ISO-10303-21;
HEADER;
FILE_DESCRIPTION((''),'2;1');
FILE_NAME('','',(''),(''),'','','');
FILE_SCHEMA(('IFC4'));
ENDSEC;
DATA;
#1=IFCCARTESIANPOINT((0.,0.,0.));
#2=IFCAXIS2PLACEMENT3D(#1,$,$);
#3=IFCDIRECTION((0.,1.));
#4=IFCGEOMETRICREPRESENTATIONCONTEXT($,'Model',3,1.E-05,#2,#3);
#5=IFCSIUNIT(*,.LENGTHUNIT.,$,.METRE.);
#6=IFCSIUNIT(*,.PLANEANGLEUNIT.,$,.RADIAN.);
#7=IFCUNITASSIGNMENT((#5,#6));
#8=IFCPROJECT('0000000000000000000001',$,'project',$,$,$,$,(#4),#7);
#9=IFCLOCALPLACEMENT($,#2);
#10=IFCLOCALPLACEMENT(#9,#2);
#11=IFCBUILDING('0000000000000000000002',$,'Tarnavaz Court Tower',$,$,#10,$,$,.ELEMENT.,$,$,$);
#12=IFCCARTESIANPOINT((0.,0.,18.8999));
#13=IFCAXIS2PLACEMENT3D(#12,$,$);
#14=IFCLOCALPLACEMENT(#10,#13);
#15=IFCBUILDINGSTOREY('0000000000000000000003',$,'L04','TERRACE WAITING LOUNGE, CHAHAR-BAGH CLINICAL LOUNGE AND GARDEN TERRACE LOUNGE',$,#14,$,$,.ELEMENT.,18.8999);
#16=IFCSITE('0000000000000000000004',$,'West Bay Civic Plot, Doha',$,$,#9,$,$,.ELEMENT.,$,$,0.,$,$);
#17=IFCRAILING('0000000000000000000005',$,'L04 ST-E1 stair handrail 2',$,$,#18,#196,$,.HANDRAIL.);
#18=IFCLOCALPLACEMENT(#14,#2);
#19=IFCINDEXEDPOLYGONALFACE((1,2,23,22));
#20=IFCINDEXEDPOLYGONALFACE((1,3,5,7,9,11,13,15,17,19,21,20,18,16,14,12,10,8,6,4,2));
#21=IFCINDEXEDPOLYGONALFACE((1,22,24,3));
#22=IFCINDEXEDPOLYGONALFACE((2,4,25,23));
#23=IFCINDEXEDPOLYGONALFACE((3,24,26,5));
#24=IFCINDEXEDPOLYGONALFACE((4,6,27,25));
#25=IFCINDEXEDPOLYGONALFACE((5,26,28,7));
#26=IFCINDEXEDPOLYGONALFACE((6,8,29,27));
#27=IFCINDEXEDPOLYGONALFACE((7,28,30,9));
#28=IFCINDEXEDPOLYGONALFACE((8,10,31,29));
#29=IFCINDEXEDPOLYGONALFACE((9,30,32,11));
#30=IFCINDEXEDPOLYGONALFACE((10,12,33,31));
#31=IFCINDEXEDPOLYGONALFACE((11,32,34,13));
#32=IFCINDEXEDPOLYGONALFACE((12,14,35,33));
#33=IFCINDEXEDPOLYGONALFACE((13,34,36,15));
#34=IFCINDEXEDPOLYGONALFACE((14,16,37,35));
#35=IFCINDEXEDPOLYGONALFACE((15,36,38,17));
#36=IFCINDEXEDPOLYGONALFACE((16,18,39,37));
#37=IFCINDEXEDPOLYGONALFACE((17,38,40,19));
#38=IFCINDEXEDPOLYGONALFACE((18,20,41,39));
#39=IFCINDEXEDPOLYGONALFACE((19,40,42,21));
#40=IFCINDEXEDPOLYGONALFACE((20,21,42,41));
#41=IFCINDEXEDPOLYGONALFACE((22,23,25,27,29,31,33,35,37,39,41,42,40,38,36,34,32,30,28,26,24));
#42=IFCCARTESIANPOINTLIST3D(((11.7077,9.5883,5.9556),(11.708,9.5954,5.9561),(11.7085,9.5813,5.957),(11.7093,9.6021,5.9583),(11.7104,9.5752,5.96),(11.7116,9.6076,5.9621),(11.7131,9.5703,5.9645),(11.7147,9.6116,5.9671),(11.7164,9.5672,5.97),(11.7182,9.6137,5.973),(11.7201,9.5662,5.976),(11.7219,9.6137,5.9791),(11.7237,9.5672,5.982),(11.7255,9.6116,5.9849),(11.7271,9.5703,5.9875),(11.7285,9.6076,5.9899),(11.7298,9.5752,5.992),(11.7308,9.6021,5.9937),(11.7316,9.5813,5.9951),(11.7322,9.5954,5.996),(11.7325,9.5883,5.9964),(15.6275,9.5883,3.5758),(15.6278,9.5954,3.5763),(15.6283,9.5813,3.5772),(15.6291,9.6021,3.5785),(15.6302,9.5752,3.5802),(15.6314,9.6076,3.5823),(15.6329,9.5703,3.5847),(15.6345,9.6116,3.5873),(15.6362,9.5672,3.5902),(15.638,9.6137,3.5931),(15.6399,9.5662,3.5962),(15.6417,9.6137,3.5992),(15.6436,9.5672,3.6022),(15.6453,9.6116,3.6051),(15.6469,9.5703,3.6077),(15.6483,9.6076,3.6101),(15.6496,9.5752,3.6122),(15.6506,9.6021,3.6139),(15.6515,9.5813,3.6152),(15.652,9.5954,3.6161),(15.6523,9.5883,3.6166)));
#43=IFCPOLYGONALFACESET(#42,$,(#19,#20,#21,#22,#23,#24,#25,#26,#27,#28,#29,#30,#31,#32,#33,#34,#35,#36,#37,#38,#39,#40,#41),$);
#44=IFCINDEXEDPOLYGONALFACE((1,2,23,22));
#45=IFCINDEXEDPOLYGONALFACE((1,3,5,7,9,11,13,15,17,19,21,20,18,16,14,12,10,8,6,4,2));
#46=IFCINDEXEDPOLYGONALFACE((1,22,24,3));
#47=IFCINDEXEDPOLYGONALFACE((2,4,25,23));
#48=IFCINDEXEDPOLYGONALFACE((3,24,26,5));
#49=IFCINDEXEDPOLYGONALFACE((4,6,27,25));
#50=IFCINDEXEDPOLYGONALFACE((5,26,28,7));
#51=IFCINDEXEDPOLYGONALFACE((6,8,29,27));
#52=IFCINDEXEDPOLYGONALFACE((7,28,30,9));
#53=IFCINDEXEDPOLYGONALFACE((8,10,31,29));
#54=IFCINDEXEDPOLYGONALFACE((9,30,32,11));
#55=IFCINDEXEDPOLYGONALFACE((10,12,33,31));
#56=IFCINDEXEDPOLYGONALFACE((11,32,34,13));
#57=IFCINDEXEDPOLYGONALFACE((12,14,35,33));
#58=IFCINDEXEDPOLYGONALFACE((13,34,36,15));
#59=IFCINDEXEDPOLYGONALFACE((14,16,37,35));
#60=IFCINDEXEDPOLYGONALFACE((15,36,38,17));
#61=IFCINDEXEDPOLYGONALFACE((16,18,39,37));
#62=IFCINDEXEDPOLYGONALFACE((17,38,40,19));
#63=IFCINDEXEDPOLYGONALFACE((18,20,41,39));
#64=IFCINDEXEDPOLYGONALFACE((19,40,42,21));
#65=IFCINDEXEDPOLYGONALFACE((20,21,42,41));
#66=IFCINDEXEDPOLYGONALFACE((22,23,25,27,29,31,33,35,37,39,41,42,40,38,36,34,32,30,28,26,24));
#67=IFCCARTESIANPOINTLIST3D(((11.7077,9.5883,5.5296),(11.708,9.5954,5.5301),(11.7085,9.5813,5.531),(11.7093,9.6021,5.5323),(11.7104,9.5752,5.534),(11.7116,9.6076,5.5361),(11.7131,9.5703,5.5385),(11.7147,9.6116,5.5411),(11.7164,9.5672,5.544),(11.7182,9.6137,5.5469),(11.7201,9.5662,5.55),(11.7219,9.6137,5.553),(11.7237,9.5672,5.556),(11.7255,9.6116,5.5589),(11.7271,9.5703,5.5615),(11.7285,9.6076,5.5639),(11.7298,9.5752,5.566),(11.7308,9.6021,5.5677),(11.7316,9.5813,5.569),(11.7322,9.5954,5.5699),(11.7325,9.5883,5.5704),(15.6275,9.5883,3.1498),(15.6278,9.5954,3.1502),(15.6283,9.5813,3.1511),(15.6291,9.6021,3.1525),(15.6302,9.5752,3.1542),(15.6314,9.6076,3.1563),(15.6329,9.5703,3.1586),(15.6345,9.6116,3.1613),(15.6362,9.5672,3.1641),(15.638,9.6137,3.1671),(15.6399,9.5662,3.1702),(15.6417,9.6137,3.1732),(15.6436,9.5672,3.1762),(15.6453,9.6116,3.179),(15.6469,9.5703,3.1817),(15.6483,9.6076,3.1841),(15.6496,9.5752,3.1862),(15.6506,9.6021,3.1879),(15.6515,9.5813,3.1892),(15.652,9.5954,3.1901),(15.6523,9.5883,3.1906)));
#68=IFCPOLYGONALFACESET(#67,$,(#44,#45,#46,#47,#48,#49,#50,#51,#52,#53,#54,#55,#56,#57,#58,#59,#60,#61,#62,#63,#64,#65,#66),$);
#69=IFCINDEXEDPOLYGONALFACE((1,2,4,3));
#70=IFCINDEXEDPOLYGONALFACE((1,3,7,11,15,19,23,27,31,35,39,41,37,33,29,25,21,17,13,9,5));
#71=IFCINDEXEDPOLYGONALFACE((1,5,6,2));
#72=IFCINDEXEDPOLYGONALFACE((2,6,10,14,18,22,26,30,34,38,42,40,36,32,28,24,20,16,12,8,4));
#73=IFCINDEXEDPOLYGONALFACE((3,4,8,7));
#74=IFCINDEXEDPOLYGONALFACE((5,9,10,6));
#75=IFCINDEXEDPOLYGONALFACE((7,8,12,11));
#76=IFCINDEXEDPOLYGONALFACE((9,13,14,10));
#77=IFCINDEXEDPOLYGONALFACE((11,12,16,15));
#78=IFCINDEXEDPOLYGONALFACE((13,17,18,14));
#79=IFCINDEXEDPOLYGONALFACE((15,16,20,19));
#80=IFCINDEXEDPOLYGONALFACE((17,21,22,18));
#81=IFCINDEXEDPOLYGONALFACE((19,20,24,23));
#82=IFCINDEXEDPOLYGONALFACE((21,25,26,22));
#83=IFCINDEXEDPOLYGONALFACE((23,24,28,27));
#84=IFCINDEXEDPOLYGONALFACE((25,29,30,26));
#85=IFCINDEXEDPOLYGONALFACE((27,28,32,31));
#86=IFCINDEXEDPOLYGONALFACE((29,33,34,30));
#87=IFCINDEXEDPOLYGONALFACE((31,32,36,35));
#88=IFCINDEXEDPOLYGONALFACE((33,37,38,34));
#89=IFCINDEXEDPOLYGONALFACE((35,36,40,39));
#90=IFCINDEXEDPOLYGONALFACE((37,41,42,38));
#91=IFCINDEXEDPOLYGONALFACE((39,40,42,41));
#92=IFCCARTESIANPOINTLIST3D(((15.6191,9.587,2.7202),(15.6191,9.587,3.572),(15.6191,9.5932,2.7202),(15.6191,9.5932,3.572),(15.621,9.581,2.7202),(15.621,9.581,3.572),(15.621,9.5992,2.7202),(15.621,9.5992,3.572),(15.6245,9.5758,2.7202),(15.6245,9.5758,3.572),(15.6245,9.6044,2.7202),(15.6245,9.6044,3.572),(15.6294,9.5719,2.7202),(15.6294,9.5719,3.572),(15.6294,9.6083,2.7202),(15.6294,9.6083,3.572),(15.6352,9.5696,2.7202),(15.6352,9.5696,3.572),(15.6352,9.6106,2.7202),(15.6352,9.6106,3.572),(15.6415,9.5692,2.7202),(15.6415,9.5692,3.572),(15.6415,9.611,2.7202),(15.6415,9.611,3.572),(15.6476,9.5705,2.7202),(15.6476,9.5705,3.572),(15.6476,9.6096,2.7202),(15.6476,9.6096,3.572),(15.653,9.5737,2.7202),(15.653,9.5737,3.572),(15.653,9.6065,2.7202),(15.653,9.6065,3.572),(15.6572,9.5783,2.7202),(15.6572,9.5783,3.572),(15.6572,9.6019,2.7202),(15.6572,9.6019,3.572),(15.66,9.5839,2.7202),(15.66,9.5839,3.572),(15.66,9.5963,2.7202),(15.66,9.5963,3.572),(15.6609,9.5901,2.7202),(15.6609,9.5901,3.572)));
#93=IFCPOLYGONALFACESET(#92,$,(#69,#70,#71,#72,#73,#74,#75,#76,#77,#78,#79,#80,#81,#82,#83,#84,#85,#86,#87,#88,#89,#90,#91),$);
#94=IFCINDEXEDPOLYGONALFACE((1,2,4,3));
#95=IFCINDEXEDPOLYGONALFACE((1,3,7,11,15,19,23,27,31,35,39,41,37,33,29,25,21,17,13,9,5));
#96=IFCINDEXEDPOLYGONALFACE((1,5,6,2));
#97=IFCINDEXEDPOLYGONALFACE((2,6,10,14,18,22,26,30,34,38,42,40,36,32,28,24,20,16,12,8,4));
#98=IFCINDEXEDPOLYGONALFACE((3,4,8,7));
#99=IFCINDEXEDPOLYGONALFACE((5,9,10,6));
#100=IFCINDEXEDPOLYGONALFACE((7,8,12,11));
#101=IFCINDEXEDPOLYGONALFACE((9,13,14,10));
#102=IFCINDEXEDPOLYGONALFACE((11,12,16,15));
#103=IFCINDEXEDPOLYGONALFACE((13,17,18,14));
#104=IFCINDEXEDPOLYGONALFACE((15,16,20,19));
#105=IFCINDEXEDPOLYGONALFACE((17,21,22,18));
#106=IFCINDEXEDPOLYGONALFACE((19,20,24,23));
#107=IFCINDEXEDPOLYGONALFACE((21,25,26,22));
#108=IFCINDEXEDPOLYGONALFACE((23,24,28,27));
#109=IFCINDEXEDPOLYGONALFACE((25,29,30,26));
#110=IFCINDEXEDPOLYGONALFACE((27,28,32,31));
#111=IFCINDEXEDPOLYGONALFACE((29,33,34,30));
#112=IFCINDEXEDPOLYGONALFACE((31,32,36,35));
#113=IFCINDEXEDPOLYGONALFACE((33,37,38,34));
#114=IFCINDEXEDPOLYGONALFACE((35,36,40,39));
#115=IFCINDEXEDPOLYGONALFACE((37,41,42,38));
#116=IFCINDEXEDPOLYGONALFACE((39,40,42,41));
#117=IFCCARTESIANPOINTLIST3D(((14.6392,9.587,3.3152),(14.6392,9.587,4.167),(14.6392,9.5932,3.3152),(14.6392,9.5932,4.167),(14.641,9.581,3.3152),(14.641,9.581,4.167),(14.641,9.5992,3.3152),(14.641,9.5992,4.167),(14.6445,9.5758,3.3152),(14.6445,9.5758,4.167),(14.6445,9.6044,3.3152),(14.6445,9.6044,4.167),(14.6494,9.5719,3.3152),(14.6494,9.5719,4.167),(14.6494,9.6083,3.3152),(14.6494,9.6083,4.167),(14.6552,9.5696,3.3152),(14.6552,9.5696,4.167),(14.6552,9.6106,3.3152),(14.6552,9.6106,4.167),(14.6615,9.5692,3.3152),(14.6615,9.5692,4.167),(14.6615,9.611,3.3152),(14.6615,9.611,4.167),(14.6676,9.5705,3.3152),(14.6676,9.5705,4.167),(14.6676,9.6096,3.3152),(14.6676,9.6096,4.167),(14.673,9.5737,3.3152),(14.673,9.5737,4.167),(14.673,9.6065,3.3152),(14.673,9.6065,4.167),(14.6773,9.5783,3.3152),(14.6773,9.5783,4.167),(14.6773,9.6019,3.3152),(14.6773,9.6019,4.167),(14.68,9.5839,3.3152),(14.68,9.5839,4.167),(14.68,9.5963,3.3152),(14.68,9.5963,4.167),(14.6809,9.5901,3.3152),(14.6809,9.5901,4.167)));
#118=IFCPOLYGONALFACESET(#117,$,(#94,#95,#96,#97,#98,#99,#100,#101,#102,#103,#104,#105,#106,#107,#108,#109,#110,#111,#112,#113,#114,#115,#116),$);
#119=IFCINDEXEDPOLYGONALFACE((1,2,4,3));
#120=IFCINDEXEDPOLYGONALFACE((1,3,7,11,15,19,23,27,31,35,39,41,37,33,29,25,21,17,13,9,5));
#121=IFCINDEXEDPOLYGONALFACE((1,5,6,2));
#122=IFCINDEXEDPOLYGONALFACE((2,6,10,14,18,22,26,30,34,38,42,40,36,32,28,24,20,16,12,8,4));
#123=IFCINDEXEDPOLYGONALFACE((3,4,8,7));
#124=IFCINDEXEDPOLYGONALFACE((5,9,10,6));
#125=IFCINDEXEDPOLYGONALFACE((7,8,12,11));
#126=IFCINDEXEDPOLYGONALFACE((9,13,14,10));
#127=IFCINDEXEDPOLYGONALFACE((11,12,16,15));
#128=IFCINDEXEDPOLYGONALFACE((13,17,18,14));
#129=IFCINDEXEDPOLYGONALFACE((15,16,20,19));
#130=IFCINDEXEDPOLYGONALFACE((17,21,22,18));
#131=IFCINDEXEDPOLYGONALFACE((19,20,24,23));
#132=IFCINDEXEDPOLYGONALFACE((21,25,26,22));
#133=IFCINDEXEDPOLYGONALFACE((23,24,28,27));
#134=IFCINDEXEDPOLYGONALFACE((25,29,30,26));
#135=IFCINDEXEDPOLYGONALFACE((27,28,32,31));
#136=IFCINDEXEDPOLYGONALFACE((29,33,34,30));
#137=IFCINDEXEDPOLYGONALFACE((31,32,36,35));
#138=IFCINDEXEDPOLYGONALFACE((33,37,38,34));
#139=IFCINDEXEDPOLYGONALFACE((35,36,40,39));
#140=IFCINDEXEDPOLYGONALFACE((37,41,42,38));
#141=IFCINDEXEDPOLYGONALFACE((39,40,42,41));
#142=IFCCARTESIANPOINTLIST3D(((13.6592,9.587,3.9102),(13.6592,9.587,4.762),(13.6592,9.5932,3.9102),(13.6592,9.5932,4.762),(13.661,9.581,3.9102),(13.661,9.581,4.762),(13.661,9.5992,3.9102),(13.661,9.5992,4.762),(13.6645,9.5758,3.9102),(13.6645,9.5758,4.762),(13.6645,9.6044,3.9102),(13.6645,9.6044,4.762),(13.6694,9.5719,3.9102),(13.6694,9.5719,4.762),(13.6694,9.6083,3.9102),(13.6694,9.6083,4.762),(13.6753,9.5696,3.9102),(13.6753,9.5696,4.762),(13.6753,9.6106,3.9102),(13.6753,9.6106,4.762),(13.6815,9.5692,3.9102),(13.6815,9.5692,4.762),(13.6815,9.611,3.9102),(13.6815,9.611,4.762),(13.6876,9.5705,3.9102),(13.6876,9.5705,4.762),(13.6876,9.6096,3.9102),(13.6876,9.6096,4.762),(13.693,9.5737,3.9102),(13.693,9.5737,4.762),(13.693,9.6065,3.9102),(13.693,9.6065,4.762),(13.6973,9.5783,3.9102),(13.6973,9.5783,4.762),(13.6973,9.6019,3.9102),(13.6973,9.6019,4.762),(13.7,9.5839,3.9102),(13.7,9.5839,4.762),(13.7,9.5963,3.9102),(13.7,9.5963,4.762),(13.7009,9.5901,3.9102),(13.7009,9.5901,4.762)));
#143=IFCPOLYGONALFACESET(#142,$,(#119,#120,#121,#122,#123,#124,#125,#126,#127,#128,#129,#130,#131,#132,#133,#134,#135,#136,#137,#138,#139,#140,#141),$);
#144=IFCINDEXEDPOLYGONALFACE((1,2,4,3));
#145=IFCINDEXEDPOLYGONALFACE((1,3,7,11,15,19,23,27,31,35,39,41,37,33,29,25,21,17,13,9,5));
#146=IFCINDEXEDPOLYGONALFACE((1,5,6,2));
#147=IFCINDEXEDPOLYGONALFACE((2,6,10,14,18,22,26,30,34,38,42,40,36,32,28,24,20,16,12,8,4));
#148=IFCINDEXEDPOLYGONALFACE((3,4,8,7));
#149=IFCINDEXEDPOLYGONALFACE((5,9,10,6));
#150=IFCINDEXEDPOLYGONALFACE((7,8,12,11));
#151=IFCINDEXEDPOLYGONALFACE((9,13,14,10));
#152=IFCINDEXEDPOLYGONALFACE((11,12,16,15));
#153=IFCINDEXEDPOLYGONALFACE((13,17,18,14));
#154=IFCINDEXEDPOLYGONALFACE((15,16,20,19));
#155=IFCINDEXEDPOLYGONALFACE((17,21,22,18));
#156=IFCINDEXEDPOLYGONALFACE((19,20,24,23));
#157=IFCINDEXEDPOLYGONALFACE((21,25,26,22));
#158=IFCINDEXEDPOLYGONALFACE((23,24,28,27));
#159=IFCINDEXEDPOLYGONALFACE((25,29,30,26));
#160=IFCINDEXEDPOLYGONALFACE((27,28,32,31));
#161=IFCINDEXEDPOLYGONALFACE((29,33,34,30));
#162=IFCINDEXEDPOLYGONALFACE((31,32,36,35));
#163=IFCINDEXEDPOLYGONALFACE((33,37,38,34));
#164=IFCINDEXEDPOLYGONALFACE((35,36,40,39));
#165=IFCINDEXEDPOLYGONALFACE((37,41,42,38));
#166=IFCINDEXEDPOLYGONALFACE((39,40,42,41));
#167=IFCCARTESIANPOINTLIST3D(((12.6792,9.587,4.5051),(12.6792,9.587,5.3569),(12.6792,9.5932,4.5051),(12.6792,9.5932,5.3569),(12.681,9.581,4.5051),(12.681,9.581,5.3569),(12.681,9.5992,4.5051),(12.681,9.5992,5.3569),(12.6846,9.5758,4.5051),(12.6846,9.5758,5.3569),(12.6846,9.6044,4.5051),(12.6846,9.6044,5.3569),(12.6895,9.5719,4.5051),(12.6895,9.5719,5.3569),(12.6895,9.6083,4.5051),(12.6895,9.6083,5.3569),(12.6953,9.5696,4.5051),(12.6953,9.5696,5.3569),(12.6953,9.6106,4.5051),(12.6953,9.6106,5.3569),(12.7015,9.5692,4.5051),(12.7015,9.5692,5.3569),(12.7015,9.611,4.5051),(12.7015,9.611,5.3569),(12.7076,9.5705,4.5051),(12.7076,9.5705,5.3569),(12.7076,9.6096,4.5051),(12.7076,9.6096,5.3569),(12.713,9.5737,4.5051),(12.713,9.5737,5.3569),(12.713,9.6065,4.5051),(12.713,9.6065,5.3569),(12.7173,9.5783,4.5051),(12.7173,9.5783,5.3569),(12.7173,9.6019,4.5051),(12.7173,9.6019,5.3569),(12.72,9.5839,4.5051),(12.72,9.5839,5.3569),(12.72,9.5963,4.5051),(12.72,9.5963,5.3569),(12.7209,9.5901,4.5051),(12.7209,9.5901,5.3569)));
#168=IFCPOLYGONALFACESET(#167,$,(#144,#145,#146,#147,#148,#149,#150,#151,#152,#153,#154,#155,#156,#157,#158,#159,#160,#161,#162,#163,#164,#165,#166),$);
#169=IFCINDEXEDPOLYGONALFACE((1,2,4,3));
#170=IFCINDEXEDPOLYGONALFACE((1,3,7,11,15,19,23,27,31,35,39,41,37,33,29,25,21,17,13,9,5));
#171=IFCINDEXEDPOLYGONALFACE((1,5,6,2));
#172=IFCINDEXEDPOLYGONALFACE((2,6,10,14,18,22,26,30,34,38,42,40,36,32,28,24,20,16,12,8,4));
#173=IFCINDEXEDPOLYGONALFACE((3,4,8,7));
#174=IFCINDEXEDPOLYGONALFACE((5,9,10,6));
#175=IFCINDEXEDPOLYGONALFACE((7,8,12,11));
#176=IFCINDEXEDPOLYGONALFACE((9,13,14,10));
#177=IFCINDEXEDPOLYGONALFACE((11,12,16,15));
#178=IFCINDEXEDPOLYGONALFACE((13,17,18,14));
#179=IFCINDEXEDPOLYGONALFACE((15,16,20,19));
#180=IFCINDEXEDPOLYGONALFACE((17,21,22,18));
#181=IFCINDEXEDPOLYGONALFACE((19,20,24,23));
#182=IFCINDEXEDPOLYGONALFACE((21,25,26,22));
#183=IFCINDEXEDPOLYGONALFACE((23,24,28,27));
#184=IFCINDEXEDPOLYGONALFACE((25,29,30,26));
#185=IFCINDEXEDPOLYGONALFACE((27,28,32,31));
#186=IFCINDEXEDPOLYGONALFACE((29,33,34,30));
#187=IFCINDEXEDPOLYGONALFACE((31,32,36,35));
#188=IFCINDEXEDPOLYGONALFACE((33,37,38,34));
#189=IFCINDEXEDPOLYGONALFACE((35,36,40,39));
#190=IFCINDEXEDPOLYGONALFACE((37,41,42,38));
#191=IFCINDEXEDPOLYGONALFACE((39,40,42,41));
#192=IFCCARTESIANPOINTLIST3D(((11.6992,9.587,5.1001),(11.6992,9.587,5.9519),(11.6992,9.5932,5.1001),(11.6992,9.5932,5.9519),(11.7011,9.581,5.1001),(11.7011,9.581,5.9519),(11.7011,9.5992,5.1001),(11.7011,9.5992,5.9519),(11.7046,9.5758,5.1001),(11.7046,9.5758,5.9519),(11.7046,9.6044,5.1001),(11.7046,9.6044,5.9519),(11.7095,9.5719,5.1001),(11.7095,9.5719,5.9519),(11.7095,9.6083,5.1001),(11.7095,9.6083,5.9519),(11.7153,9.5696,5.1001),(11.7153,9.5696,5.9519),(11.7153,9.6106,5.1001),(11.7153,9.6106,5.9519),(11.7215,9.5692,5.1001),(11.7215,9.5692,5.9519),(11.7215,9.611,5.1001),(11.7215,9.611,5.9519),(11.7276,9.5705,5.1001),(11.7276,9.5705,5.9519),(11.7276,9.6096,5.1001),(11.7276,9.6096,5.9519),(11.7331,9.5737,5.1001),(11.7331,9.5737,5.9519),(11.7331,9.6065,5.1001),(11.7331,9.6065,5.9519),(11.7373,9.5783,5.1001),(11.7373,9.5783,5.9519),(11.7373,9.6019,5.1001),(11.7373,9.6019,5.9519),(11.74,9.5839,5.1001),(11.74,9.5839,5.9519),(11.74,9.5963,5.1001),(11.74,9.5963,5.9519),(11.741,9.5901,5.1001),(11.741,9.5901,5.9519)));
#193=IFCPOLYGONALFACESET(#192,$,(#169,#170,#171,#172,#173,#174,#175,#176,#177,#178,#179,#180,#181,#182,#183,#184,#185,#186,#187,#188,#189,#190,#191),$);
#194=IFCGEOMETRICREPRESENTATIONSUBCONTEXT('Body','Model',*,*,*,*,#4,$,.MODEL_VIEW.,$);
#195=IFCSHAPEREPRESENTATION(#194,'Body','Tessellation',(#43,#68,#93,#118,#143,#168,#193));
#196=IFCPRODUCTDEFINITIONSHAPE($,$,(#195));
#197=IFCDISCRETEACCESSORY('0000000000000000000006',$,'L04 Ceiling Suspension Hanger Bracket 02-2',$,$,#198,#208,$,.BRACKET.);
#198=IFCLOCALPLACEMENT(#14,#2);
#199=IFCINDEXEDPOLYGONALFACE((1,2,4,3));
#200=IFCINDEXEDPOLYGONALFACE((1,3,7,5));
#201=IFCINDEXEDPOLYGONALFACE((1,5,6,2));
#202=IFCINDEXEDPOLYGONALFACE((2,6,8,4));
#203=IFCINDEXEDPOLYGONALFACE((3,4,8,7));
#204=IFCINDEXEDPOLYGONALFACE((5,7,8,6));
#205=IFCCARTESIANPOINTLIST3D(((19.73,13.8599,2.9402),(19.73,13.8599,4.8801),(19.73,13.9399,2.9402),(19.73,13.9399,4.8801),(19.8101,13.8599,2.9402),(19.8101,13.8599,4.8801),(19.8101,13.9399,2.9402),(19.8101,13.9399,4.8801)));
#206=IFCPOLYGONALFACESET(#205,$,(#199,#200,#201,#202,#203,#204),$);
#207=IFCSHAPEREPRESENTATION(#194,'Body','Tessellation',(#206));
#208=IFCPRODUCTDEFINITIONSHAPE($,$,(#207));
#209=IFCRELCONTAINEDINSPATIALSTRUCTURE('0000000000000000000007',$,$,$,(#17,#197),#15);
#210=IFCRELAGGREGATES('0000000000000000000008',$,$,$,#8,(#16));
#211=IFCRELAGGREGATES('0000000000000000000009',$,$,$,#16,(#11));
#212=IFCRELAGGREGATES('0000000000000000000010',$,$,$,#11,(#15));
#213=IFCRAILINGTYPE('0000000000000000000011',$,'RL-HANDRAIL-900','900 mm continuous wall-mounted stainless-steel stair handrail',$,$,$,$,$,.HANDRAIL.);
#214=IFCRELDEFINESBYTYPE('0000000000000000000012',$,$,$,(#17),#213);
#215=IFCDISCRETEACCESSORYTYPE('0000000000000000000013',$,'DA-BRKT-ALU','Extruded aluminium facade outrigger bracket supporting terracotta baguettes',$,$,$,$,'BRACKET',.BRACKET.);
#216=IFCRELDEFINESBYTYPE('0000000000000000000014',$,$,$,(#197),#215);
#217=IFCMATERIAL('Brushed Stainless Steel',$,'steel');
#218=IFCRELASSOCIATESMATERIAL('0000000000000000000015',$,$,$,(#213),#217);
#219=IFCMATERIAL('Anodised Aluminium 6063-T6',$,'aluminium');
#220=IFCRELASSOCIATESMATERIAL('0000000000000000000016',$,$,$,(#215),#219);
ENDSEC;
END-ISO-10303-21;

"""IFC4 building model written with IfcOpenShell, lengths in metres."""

from ifc_helpers import new_model, si_unit, direction, frame, origin, origin_2d, place, context, subcontext, project, spatial, rectangle, circle, extrude, material, type_object, element, save


model = new_model("IFC4")

# Units and contexts
model_context = context("Model", 3, precision=1e-05, world=origin(), true_north=direction((0.0, 1.0)))
body_context = subcontext(model_context, "Body", "Model", "MODEL_VIEW")
ifc_project = project(units=[si_unit("LENGTHUNIT", "METRE"), si_unit("PLANEANGLEUNIT", "RADIAN")], contexts=[model_context])

# Site, building, storey
site_placement = place(None, origin())
site = spatial("IfcSite", under=ifc_project, at=site_placement, Name="West Bay Civic Plot, Doha", CompositionType="ELEMENT", RefElevation=0.0)
building_placement = place(site_placement, origin())
building = spatial("IfcBuilding", under=site, at=building_placement, Name="Tarnavaz Court Tower", CompositionType="ELEMENT")
storey_placement = place(building_placement, frame((0.0, 0.0, 18.8999)))
storey = spatial("IfcBuildingStorey", under=building, at=storey_placement, Name="L04", Description="TERRACE WAITING LOUNGE, CHAHAR-BAGH CLINICAL LOUNGE AND GARDEN TERRACE LOUNGE", CompositionType="ELEMENT", Elevation=18.8999)

# Railing
ifc_material_1 = material(Name="Brushed Stainless Steel", Category="steel")
railing_type_1 = type_object("IfcRailingType", Name="RL-HANDRAIL-900", Description="900 mm continuous wall-mounted stainless-steel stair handrail", PredefinedType="HANDRAIL", material=ifc_material_1)
railing_1_placement = place(storey_placement, frame((15.6399, 9.5901, 2.7202)))
element("IfcRailing", 1, at=railing_1_placement, inside=storey, type_object=railing_type_1, Name="L04 ST-E1 stair handrail 2", PredefinedType="HANDRAIL", context=body_context, shape_type="SweptSolid", body=[
    extrude(circle(Radius=0.0239, at=origin_2d()), frame((0.0, 0.0, 0.876), z_axis=(-0.854794, 0.0, 0.518967), x_axis=(0.0, -1.0, 0.0)), (0.0, 0.0, 1.0), 4.5857),
    extrude(circle(Radius=0.0239, at=origin_2d()), frame((0.0, 0.0, 0.45), z_axis=(-0.854794, 0.0, 0.518967), x_axis=(0.0, -1.0, 0.0)), (0.0, 0.0, 1.0), 4.5857),
    extrude(circle(Radius=0.021, at=origin_2d()), origin(), (0.0, 0.0, 1.0), 0.8518),
    extrude(circle(Radius=0.021, at=origin_2d()), frame((-0.98, 0.0, 0.595)), (0.0, 0.0, 1.0), 0.8518),
    extrude(circle(Radius=0.021, at=origin_2d()), frame((-1.96, 0.0, 1.1899)), (0.0, 0.0, 1.0), 0.8518),
    extrude(circle(Radius=0.021, at=origin_2d()), frame((-2.9399, 0.0, 1.7849)), (0.0, 0.0, 1.0), 0.8518),
    extrude(circle(Radius=0.021, at=origin_2d()), frame((-3.9199, 0.0, 2.3799)), (0.0, 0.0, 1.0), 0.8518),
])

# Discrete accessory
ifc_material_2 = material(Name="Anodised Aluminium 6063-T6", Category="aluminium")
discrete_accessory_type = type_object("IfcDiscreteAccessoryType", Name="DA-BRKT-ALU", Description="Extruded aluminium facade outrigger bracket supporting terracotta baguettes", ElementType="BRACKET", PredefinedType="BRACKET", material=ifc_material_2)
for number, where, z_axis, x_axis, name in (
    (2, (19.77, 13.8999, 2.9402), (0.0, 0.0, 1.0), (1.0, 0.0, 0.0), "L04 Ceiling Suspension Hanger Bracket 02-2"),
):
    element("IfcDiscreteAccessory", number, at=place(storey_placement, frame(where, z_axis=z_axis, x_axis=x_axis)), inside=storey, type_object=discrete_accessory_type, Name=name, PredefinedType="BRACKET", context=body_context, shape_type="SweptSolid", body=[
        extrude(rectangle(XDim=0.0801, YDim=0.0801, at=origin_2d()), origin(), (0.0, 0.0, 1.0), 1.9399),
    ])

save(model, "model.ifc")
